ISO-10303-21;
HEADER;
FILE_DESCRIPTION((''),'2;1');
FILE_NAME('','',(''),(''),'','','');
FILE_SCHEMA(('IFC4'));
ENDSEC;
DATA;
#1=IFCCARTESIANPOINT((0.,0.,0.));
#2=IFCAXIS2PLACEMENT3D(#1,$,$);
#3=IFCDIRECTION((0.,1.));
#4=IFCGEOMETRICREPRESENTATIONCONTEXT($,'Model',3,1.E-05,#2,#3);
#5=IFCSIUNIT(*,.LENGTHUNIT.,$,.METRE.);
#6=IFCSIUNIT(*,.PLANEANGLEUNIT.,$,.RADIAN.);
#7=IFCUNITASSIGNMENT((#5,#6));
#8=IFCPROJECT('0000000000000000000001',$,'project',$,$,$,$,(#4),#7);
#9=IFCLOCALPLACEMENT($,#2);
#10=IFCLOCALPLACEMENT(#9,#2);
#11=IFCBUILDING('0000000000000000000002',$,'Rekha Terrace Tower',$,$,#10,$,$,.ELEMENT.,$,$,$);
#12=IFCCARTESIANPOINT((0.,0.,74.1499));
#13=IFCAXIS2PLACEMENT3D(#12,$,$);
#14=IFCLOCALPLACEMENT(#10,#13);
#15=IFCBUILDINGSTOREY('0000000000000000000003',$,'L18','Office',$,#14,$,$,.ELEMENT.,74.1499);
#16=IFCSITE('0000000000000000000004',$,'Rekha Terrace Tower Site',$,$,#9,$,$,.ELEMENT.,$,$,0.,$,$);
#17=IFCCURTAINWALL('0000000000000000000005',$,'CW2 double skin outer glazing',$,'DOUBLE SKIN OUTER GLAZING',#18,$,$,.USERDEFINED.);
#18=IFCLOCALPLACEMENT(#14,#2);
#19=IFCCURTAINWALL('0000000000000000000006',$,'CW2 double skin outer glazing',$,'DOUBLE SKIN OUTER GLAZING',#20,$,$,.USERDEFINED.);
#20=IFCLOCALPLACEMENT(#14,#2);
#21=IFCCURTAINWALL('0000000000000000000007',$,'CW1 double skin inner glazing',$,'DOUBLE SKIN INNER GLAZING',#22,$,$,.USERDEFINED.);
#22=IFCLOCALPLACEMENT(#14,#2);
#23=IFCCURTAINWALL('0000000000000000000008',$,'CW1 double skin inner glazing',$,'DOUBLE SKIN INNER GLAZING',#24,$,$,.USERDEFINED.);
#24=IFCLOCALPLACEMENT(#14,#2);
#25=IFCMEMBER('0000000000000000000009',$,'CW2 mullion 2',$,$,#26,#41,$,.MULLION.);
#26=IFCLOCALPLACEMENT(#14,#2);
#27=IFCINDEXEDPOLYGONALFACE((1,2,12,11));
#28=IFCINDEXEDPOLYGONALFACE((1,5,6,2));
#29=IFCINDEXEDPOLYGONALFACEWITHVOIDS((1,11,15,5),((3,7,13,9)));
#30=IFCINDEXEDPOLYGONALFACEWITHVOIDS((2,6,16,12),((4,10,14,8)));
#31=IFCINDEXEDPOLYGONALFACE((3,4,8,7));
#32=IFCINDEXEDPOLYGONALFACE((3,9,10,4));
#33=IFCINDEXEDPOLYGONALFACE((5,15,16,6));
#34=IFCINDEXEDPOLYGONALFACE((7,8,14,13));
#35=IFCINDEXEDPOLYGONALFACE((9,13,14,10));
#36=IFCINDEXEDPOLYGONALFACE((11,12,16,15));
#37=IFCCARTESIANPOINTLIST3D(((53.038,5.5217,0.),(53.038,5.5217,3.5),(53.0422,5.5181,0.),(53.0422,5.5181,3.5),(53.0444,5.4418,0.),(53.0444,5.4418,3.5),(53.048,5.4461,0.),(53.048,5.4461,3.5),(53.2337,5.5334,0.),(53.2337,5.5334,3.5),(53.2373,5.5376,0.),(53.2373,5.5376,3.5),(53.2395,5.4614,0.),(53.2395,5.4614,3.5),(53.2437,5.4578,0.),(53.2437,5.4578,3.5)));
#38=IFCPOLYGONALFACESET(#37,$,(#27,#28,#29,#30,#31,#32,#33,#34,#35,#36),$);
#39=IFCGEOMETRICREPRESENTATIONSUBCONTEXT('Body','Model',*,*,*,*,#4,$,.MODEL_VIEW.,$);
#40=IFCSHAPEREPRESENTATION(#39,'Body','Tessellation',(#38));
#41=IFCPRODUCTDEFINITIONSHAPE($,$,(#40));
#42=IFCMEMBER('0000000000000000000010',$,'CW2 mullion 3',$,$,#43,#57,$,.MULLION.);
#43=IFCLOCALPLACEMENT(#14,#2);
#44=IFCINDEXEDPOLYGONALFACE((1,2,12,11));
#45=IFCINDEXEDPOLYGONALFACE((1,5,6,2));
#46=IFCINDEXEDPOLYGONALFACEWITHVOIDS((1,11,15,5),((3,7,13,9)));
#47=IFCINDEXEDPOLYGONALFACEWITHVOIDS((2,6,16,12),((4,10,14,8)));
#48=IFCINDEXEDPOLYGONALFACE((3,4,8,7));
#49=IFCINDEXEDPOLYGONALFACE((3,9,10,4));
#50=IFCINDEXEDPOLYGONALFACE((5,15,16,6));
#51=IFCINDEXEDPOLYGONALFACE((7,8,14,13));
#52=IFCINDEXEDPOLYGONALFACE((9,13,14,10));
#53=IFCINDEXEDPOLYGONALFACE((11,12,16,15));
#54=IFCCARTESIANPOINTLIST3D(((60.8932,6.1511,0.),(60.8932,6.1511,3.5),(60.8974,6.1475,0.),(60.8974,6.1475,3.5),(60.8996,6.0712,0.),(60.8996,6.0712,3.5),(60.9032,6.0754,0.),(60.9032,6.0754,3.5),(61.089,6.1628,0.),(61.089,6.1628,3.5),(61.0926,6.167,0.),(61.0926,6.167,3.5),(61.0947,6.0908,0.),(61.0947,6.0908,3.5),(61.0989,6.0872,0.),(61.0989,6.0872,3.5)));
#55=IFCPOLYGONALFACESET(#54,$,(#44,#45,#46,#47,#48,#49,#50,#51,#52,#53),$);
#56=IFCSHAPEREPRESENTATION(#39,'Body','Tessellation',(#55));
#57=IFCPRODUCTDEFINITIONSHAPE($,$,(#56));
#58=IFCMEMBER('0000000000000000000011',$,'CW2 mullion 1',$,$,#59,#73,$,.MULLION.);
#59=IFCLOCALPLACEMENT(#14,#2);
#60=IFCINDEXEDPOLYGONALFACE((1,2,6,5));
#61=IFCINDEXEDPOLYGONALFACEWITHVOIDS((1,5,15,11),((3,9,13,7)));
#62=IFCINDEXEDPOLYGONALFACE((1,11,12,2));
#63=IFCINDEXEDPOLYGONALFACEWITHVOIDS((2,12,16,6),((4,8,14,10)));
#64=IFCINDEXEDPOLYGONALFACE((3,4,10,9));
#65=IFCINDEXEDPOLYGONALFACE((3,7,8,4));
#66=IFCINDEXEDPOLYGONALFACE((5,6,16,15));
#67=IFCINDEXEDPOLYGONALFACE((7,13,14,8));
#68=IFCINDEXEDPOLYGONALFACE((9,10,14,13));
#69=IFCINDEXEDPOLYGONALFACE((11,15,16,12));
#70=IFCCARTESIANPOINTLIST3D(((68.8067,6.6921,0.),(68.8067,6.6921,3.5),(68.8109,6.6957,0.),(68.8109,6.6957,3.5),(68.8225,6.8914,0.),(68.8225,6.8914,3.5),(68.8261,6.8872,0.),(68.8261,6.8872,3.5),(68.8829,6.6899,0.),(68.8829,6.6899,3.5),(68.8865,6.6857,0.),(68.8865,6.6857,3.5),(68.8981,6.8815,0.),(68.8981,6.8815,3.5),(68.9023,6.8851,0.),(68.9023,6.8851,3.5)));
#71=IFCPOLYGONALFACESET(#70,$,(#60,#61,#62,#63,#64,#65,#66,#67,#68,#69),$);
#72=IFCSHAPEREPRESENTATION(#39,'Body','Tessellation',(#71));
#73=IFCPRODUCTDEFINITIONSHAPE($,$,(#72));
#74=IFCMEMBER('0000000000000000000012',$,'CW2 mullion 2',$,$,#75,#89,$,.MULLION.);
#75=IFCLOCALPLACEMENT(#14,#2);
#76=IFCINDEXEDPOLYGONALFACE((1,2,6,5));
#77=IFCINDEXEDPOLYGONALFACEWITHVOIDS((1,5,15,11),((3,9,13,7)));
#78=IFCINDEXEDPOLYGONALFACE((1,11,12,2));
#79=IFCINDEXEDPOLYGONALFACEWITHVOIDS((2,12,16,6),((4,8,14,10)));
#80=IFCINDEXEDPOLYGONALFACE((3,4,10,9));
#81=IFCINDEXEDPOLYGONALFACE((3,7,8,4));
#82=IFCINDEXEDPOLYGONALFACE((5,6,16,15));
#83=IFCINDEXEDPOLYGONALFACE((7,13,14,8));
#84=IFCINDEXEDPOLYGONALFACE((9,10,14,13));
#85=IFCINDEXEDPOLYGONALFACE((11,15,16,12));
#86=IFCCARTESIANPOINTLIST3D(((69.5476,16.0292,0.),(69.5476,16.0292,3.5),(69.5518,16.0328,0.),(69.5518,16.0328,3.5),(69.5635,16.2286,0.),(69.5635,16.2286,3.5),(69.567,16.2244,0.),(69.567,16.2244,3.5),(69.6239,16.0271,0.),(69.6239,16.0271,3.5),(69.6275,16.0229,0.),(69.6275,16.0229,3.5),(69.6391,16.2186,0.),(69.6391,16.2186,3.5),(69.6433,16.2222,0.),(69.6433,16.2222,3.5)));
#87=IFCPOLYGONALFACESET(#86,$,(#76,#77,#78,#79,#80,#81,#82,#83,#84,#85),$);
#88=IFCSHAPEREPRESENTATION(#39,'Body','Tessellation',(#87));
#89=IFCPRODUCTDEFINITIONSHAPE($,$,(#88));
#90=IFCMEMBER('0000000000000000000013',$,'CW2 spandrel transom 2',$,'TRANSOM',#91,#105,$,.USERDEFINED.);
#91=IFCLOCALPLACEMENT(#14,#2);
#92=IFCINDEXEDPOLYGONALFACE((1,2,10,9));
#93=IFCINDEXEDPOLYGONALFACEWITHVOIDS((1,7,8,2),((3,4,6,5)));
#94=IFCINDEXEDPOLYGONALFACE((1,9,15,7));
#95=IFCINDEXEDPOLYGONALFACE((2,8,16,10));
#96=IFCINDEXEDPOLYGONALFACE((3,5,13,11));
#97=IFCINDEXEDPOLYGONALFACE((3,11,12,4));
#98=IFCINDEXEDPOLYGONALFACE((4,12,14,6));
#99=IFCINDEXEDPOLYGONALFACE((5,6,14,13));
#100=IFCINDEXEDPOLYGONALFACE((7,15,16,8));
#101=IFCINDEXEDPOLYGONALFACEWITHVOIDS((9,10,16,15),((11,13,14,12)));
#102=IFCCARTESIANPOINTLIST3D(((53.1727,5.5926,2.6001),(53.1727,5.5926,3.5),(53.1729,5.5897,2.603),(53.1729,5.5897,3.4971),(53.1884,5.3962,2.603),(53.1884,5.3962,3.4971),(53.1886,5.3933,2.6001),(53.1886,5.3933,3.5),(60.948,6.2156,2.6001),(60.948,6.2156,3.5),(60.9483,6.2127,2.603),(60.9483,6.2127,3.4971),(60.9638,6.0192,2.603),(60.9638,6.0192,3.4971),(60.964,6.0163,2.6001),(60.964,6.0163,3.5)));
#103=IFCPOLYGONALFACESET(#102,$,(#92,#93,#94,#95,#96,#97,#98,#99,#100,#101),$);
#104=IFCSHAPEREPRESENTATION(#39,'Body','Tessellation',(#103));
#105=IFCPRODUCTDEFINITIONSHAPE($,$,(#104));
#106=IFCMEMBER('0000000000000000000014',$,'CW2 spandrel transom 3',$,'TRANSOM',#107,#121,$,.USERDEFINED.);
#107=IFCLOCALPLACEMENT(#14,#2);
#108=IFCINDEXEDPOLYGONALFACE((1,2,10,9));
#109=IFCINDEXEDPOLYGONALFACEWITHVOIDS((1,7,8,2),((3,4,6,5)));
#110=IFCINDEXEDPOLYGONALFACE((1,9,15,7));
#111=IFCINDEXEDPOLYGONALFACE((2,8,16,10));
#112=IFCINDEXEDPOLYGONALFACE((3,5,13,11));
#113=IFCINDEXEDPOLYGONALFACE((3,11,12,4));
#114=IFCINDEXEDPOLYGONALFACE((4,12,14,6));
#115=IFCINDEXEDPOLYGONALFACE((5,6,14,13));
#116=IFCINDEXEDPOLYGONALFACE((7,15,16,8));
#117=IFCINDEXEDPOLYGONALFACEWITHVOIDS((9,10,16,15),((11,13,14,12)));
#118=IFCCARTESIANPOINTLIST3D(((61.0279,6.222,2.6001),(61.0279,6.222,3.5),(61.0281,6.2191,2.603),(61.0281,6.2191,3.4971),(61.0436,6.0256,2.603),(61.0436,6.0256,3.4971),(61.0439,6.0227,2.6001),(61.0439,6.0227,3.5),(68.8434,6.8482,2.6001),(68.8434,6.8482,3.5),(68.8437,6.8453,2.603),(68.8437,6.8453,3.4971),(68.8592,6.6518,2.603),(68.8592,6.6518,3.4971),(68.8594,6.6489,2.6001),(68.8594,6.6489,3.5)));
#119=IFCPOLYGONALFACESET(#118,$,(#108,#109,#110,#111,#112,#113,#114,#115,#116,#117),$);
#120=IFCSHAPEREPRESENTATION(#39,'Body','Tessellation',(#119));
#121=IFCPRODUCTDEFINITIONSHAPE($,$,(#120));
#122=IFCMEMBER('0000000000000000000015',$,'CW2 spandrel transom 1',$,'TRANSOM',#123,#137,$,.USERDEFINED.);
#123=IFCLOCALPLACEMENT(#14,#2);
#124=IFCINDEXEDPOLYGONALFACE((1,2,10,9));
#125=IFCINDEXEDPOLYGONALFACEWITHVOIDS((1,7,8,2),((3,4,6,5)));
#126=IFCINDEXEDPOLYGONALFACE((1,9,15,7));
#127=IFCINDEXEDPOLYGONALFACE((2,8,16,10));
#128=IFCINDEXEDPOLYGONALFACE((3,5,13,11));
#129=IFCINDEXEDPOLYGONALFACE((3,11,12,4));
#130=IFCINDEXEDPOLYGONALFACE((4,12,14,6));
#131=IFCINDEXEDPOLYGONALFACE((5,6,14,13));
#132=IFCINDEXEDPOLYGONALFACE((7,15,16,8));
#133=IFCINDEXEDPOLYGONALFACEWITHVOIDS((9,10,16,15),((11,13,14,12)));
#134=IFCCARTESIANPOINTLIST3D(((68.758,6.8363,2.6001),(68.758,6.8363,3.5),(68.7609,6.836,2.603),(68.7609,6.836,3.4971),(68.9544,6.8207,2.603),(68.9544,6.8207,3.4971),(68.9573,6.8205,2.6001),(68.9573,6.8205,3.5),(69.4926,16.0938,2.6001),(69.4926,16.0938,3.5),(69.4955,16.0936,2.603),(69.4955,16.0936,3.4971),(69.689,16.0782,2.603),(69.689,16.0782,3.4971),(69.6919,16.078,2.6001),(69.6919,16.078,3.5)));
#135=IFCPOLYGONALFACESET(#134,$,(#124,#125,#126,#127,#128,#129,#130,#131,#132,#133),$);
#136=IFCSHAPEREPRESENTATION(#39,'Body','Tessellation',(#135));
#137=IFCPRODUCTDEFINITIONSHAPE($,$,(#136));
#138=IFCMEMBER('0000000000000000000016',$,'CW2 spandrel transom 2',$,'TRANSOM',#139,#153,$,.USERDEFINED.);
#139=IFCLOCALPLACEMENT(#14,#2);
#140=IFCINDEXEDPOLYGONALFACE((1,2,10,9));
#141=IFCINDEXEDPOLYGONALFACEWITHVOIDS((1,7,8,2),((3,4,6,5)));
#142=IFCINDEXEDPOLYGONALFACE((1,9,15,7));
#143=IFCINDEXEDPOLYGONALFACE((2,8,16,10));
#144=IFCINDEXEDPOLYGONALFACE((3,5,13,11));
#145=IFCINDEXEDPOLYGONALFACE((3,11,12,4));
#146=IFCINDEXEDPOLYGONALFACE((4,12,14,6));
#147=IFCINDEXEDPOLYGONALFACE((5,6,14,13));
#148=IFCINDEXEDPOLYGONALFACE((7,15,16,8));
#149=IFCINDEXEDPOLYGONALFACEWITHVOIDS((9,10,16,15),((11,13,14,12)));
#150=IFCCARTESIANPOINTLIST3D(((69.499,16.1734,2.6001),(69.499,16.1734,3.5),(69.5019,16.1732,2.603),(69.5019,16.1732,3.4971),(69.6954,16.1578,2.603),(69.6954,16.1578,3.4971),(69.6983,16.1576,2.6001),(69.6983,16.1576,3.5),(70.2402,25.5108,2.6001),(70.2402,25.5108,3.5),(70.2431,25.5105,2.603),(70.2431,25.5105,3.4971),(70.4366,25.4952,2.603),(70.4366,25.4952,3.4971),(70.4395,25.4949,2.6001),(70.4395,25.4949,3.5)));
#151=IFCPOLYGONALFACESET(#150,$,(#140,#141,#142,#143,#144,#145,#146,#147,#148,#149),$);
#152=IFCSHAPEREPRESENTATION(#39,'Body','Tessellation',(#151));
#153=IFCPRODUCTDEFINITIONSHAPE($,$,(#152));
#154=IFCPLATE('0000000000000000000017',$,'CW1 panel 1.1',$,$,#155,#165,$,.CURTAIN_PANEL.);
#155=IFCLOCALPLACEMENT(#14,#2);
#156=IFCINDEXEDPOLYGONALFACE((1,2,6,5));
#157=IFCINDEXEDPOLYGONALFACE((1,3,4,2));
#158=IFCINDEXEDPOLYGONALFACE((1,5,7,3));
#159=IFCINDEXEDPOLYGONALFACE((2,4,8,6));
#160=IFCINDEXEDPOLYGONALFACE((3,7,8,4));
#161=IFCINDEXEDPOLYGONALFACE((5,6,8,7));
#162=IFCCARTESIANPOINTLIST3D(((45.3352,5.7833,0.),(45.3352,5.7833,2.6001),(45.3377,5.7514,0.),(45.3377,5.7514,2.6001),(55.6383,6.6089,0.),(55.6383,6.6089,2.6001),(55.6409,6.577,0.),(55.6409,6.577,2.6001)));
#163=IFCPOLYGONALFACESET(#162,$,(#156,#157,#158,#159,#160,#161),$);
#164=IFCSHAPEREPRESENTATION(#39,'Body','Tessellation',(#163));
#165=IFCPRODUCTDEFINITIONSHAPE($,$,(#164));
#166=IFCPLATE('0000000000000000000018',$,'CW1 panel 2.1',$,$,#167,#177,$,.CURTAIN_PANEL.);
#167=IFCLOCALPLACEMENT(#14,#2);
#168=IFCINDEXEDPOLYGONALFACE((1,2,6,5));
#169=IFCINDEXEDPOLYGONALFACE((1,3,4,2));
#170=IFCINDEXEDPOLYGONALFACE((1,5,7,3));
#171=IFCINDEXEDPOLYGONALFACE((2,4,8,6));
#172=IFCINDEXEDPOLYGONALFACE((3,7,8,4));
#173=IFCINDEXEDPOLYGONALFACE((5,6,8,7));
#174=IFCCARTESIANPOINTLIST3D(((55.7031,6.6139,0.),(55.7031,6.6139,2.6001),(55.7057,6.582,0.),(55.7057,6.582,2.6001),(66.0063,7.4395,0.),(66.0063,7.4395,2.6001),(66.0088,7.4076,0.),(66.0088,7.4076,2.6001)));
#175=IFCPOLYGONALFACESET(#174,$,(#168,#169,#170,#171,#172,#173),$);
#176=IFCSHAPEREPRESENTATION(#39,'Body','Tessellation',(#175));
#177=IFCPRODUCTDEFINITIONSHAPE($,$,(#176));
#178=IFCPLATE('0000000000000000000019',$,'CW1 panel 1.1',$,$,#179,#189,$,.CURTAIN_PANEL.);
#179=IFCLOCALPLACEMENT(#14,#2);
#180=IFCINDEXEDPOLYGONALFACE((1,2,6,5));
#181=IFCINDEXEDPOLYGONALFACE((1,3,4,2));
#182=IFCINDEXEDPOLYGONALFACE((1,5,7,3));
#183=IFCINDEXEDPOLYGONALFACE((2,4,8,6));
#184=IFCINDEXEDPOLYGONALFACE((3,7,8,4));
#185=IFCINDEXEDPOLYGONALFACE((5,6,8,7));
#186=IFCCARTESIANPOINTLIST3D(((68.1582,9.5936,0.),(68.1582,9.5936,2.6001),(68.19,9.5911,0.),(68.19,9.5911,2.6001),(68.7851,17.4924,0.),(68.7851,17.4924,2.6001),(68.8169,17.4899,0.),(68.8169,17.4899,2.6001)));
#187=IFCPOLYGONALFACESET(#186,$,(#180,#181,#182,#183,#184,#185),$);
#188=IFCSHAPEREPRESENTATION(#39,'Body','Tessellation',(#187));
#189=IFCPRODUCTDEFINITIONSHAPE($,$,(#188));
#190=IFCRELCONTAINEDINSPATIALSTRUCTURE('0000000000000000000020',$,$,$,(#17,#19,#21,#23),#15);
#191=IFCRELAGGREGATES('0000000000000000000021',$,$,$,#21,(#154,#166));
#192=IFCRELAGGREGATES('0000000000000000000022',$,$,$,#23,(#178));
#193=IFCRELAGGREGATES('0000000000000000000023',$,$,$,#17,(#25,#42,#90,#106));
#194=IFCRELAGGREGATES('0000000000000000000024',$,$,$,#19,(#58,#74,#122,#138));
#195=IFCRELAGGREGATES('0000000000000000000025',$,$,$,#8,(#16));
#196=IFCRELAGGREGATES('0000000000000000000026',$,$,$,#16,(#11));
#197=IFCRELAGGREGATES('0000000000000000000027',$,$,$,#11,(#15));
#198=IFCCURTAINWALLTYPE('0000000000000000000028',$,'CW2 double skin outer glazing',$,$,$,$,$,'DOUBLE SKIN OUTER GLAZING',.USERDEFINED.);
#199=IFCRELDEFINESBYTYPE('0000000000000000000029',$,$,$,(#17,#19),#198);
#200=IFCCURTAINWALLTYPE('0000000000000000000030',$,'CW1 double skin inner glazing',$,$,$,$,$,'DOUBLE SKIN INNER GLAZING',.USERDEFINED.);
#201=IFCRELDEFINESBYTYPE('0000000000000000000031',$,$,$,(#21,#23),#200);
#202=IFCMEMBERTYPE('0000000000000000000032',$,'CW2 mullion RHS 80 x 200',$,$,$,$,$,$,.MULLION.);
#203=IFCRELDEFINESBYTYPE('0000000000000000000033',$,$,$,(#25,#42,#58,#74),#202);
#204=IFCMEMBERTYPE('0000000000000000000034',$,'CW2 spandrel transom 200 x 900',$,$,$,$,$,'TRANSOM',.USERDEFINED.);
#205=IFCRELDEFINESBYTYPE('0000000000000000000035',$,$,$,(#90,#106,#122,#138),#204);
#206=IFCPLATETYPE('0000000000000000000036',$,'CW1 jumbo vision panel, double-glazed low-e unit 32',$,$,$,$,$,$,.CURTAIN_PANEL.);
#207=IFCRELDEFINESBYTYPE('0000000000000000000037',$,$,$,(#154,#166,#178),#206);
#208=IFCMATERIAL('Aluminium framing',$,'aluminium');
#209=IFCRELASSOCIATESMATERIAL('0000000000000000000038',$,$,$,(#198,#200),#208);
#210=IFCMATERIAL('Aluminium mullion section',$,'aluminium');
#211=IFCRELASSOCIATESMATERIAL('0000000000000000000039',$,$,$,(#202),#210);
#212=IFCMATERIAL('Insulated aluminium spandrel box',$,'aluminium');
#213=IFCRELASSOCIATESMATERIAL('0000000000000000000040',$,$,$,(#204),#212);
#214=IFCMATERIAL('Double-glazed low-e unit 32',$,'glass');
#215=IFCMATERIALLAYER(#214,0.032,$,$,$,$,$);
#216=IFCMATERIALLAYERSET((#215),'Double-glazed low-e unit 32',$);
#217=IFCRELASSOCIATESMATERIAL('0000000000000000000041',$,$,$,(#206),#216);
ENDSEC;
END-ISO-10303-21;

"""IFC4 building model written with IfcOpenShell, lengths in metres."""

from ifc_helpers import new_model, si_unit, direction, frame, origin, origin_2d, place, context, subcontext, project, spatial, rectangle, hollow_rectangle, extrude, material, layer, layer_set, material_profile, profile_set, type_object, element, aggregate, save


model = new_model("IFC4")

# Units and contexts
model_context = context("Model", 3, precision=1e-05, world=origin(), true_north=direction((0.0, 1.0)))
body_context = subcontext(model_context, "Body", "Model", "MODEL_VIEW")
ifc_project = project(units=[si_unit("LENGTHUNIT", "METRE"), si_unit("PLANEANGLEUNIT", "RADIAN")], contexts=[model_context])

# Site, building, storey
site_placement = place(None, origin())
site = spatial("IfcSite", under=ifc_project, at=site_placement, Name="Rekha Terrace Tower Site", CompositionType="ELEMENT", RefElevation=0.0)
building_placement = place(site_placement, origin())
building = spatial("IfcBuilding", under=site, at=building_placement, Name="Rekha Terrace Tower", CompositionType="ELEMENT")
storey_placement = place(building_placement, frame((0.0, 0.0, 74.1499)))
storey = spatial("IfcBuildingStorey", under=building, at=storey_placement, Name="L18", Description="Office", CompositionType="ELEMENT", Elevation=74.1499)

# Curtain wall
ifc_material_1 = material(Name="Aluminium framing", Category="aluminium")
curtain_wall_type_1 = type_object("IfcCurtainWallType", Name="CW2 double skin outer glazing", ElementType="DOUBLE SKIN OUTER GLAZING", PredefinedType="USERDEFINED", material=ifc_material_1)
curtain_wall_1_placement = place(storey_placement, origin())
curtain_wall_1 = element("IfcCurtainWall", 1, at=curtain_wall_1_placement, inside=storey, type_object=curtain_wall_type_1, Name="CW2 double skin outer glazing", ObjectType="DOUBLE SKIN OUTER GLAZING", PredefinedType="USERDEFINED")

# Curtain wall
curtain_wall_2_placement = place(storey_placement, origin())
curtain_wall_2 = element("IfcCurtainWall", 2, at=curtain_wall_2_placement, inside=storey, type_object=curtain_wall_type_1, Name="CW2 double skin outer glazing", ObjectType="DOUBLE SKIN OUTER GLAZING", PredefinedType="USERDEFINED")

# Curtain wall
curtain_wall_type_2 = type_object("IfcCurtainWallType", Name="CW1 double skin inner glazing", ElementType="DOUBLE SKIN INNER GLAZING", PredefinedType="USERDEFINED", material=ifc_material_1)
curtain_wall_3_placement = place(storey_placement, origin())
curtain_wall_3 = element("IfcCurtainWall", 3, at=curtain_wall_3_placement, inside=storey, type_object=curtain_wall_type_2, Name="CW1 double skin inner glazing", ObjectType="DOUBLE SKIN INNER GLAZING", PredefinedType="USERDEFINED")
ifc_material_2 = material(Name="Aluminium mullion section", Category="aluminium")

# Curtain wall
curtain_wall_4_placement = place(storey_placement, origin())
curtain_wall_4 = element("IfcCurtainWall", 4, at=curtain_wall_4_placement, inside=storey, type_object=curtain_wall_type_2, Name="CW1 double skin inner glazing", ObjectType="DOUBLE SKIN INNER GLAZING", PredefinedType="USERDEFINED")

# Members
ifc_material_3 = material(Name="Insulated aluminium spandrel box", Category="aluminium")
ifc_material_profile_1 = material_profile(ifc_material_2, hollow_rectangle(XDim=0.0801, YDim=0.2, WallThickness=0.0039, at=origin_2d()), Name="AL RHS 80x200")
ifc_profile_set_1 = profile_set([ifc_material_profile_1], Name="Aluminium mullion section")
member_type_1 = type_object("IfcMemberType", Name="CW2 mullion RHS 80 x 200", PredefinedType="MULLION", material=ifc_profile_set_1)
member_1_placement = place(storey_placement, frame((53.1409, 5.4897, 0.0), z_axis=(0.0, 0.0, 1.0), x_axis=(-0.079872, 0.996805, 0.0)))
member_1 = element("IfcMember", 5, at=member_1_placement, type_object=member_type_1, Name="CW2 mullion 2", PredefinedType="MULLION", context=body_context, shape_type="SweptSolid", body=[
    extrude(hollow_rectangle(XDim=0.0801, YDim=0.2, WallThickness=0.0039, at=origin_2d()), origin(), (0.0, 0.0, 1.0), 3.5),
])
member_2_placement = place(storey_placement, frame((60.9961, 6.1191, 0.0), z_axis=(0.0, 0.0, 1.0), x_axis=(-0.079872, 0.996805, 0.0)))
member_2 = element("IfcMember", 6, at=member_2_placement, type_object=member_type_1, Name="CW2 mullion 3", PredefinedType="MULLION", context=body_context, shape_type="SweptSolid", body=[
    extrude(hollow_rectangle(XDim=0.0801, YDim=0.2, WallThickness=0.0039, at=origin_2d()), origin(), (0.0, 0.0, 1.0), 3.5),
])
member_3_placement = place(storey_placement, frame((68.8545, 6.7886, 0.0), z_axis=(0.0, 0.0, 1.0), x_axis=(-0.996865, 0.079116, 0.0)))
member_3 = element("IfcMember", 7, at=member_3_placement, type_object=member_type_1, Name="CW2 mullion 1", PredefinedType="MULLION", context=body_context, shape_type="SweptSolid", body=[
    extrude(hollow_rectangle(XDim=0.0801, YDim=0.2, WallThickness=0.0039, at=origin_2d()), origin(), (0.0, 0.0, 1.0), 3.5),
])
member_4_placement = place(storey_placement, frame((69.5955, 16.1257, 0.0), z_axis=(0.0, 0.0, 1.0), x_axis=(-0.996865, 0.079116, 0.0)))
member_4 = element("IfcMember", 8, at=member_4_placement, type_object=member_type_1, Name="CW2 mullion 2", PredefinedType="MULLION", context=body_context, shape_type="SweptSolid", body=[
    extrude(hollow_rectangle(XDim=0.0801, YDim=0.2, WallThickness=0.0039, at=origin_2d()), origin(), (0.0, 0.0, 1.0), 3.5),
])
ifc_material_profile_2 = material_profile(ifc_material_3, hollow_rectangle(XDim=0.2, YDim=0.8999, WallThickness=0.0029, at=origin_2d()), Name="AL SPANDREL BOX 200x900")
ifc_profile_set_2 = profile_set([ifc_material_profile_2], Name="Insulated aluminium spandrel box")
member_type_2 = type_object("IfcMemberType", Name="CW2 spandrel transom 200 x 900", ElementType="TRANSOM", PredefinedType="USERDEFINED", material=ifc_profile_set_2)
member_5_placement = place(storey_placement, frame((53.1807, 5.4929, 3.05), z_axis=(0.996805, 0.079875, 0.0), x_axis=(-0.079875, 0.996805, 0.0)))
member_5 = element("IfcMember", 9, at=member_5_placement, type_object=member_type_2, Name="CW2 spandrel transom 2", ObjectType="TRANSOM", PredefinedType="USERDEFINED", context=body_context, shape_type="SweptSolid", body=[
    extrude(hollow_rectangle(XDim=0.2, YDim=0.8999, WallThickness=0.0029, at=origin_2d()), origin(), (0.0, 0.0, 1.0), 7.8003),
])
member_6_placement = place(storey_placement, frame((61.0359, 6.1223, 3.05), z_axis=(0.996805, 0.07987, 0.0), x_axis=(-0.07987, 0.996805, 0.0)))
member_6 = element("IfcMember", 10, at=member_6_placement, type_object=member_type_2, Name="CW2 spandrel transom 3", ObjectType="TRANSOM", PredefinedType="USERDEFINED", context=body_context, shape_type="SweptSolid", body=[
    extrude(hollow_rectangle(XDim=0.2, YDim=0.8999, WallThickness=0.0029, at=origin_2d()), origin(), (0.0, 0.0, 1.0), 7.8406),
])
member_7_placement = place(storey_placement, frame((68.8577, 6.8284, 3.05), z_axis=(0.079105, 0.996866, 0.0), x_axis=(-0.996866, 0.079105, 0.0)))
member_7 = element("IfcMember", 11, at=member_7_placement, type_object=member_type_2, Name="CW2 spandrel transom 1", ObjectType="TRANSOM", PredefinedType="USERDEFINED", context=body_context, shape_type="SweptSolid", body=[
    extrude(hollow_rectangle(XDim=0.2, YDim=0.8999, WallThickness=0.0029, at=origin_2d()), origin(), (0.0, 0.0, 1.0), 9.2866),
])
member_8_placement = place(storey_placement, frame((69.5986, 16.1655, 3.05), z_axis=(0.079132, 0.996864, 0.0), x_axis=(-0.996864, 0.079132, 0.0)))
member_8 = element("IfcMember", 12, at=member_8_placement, type_object=member_type_2, Name="CW2 spandrel transom 2", ObjectType="TRANSOM", PredefinedType="USERDEFINED", context=body_context, shape_type="SweptSolid", body=[
    extrude(hollow_rectangle(XDim=0.2, YDim=0.8999, WallThickness=0.0029, at=origin_2d()), origin(), (0.0, 0.0, 1.0), 9.3667),
])

# Plates
ifc_material_4 = material(Name="Double-glazed low-e unit 32", Category="glass")
ifc_layer_1 = layer(ifc_material_4, 0.032)
ifc_layer_set_1 = layer_set([ifc_layer_1], Name="Double-glazed low-e unit 32")
plate_type_1 = type_object("IfcPlateType", Name="CW1 jumbo vision panel, double-glazed low-e unit 32", PredefinedType="CURTAIN_PANEL", material=ifc_layer_set_1)
plate_1_placement = place(storey_placement, frame((50.488, 6.1802, 0.0), z_axis=(0.0, 0.0, 1.0), x_axis=(0.996805, 0.079872, 0.0)))
plate_1 = element("IfcPlate", 13, at=plate_1_placement, type_object=plate_type_1, Name="CW1 panel 1.1", PredefinedType="CURTAIN_PANEL", context=body_context, shape_type="SweptSolid", body=[
    extrude(rectangle(XDim=10.3362, YDim=0.032, at=origin_2d()), origin(), (0.0, 0.0, 1.0), 2.6001),
])
plate_2_placement = place(storey_placement, frame((60.856, 7.0107, 0.0), z_axis=(0.0, 0.0, 1.0), x_axis=(0.996805, 0.079872, 0.0)))
plate_2 = element("IfcPlate", 14, at=plate_2_placement, type_object=plate_type_1, Name="CW1 panel 2.1", PredefinedType="CURTAIN_PANEL", context=body_context, shape_type="SweptSolid", body=[
    extrude(rectangle(XDim=10.3362, YDim=0.032, at=origin_2d()), origin(), (0.0, 0.0, 1.0), 2.6001),
])
aggregate(curtain_wall_3, [plate_1, plate_2])
plate_3_placement = place(storey_placement, frame((68.4875, 13.5417, 0.0), z_axis=(0.0, 0.0, 1.0), x_axis=(0.079116, 0.996865, 0.0)))
plate_3 = element("IfcPlate", 15, at=plate_3_placement, type_object=plate_type_1, Name="CW1 panel 1.1", PredefinedType="CURTAIN_PANEL", context=body_context, shape_type="SweptSolid", body=[
    extrude(rectangle(XDim=7.9236, YDim=0.032, at=origin_2d()), origin(), (0.0, 0.0, 1.0), 2.6001),
])
aggregate(curtain_wall_4, [plate_3])
aggregate(curtain_wall_1, [member_1, member_2, member_5, member_6])
aggregate(curtain_wall_2, [member_3, member_4, member_7, member_8])

save(model, "model.ifc")
